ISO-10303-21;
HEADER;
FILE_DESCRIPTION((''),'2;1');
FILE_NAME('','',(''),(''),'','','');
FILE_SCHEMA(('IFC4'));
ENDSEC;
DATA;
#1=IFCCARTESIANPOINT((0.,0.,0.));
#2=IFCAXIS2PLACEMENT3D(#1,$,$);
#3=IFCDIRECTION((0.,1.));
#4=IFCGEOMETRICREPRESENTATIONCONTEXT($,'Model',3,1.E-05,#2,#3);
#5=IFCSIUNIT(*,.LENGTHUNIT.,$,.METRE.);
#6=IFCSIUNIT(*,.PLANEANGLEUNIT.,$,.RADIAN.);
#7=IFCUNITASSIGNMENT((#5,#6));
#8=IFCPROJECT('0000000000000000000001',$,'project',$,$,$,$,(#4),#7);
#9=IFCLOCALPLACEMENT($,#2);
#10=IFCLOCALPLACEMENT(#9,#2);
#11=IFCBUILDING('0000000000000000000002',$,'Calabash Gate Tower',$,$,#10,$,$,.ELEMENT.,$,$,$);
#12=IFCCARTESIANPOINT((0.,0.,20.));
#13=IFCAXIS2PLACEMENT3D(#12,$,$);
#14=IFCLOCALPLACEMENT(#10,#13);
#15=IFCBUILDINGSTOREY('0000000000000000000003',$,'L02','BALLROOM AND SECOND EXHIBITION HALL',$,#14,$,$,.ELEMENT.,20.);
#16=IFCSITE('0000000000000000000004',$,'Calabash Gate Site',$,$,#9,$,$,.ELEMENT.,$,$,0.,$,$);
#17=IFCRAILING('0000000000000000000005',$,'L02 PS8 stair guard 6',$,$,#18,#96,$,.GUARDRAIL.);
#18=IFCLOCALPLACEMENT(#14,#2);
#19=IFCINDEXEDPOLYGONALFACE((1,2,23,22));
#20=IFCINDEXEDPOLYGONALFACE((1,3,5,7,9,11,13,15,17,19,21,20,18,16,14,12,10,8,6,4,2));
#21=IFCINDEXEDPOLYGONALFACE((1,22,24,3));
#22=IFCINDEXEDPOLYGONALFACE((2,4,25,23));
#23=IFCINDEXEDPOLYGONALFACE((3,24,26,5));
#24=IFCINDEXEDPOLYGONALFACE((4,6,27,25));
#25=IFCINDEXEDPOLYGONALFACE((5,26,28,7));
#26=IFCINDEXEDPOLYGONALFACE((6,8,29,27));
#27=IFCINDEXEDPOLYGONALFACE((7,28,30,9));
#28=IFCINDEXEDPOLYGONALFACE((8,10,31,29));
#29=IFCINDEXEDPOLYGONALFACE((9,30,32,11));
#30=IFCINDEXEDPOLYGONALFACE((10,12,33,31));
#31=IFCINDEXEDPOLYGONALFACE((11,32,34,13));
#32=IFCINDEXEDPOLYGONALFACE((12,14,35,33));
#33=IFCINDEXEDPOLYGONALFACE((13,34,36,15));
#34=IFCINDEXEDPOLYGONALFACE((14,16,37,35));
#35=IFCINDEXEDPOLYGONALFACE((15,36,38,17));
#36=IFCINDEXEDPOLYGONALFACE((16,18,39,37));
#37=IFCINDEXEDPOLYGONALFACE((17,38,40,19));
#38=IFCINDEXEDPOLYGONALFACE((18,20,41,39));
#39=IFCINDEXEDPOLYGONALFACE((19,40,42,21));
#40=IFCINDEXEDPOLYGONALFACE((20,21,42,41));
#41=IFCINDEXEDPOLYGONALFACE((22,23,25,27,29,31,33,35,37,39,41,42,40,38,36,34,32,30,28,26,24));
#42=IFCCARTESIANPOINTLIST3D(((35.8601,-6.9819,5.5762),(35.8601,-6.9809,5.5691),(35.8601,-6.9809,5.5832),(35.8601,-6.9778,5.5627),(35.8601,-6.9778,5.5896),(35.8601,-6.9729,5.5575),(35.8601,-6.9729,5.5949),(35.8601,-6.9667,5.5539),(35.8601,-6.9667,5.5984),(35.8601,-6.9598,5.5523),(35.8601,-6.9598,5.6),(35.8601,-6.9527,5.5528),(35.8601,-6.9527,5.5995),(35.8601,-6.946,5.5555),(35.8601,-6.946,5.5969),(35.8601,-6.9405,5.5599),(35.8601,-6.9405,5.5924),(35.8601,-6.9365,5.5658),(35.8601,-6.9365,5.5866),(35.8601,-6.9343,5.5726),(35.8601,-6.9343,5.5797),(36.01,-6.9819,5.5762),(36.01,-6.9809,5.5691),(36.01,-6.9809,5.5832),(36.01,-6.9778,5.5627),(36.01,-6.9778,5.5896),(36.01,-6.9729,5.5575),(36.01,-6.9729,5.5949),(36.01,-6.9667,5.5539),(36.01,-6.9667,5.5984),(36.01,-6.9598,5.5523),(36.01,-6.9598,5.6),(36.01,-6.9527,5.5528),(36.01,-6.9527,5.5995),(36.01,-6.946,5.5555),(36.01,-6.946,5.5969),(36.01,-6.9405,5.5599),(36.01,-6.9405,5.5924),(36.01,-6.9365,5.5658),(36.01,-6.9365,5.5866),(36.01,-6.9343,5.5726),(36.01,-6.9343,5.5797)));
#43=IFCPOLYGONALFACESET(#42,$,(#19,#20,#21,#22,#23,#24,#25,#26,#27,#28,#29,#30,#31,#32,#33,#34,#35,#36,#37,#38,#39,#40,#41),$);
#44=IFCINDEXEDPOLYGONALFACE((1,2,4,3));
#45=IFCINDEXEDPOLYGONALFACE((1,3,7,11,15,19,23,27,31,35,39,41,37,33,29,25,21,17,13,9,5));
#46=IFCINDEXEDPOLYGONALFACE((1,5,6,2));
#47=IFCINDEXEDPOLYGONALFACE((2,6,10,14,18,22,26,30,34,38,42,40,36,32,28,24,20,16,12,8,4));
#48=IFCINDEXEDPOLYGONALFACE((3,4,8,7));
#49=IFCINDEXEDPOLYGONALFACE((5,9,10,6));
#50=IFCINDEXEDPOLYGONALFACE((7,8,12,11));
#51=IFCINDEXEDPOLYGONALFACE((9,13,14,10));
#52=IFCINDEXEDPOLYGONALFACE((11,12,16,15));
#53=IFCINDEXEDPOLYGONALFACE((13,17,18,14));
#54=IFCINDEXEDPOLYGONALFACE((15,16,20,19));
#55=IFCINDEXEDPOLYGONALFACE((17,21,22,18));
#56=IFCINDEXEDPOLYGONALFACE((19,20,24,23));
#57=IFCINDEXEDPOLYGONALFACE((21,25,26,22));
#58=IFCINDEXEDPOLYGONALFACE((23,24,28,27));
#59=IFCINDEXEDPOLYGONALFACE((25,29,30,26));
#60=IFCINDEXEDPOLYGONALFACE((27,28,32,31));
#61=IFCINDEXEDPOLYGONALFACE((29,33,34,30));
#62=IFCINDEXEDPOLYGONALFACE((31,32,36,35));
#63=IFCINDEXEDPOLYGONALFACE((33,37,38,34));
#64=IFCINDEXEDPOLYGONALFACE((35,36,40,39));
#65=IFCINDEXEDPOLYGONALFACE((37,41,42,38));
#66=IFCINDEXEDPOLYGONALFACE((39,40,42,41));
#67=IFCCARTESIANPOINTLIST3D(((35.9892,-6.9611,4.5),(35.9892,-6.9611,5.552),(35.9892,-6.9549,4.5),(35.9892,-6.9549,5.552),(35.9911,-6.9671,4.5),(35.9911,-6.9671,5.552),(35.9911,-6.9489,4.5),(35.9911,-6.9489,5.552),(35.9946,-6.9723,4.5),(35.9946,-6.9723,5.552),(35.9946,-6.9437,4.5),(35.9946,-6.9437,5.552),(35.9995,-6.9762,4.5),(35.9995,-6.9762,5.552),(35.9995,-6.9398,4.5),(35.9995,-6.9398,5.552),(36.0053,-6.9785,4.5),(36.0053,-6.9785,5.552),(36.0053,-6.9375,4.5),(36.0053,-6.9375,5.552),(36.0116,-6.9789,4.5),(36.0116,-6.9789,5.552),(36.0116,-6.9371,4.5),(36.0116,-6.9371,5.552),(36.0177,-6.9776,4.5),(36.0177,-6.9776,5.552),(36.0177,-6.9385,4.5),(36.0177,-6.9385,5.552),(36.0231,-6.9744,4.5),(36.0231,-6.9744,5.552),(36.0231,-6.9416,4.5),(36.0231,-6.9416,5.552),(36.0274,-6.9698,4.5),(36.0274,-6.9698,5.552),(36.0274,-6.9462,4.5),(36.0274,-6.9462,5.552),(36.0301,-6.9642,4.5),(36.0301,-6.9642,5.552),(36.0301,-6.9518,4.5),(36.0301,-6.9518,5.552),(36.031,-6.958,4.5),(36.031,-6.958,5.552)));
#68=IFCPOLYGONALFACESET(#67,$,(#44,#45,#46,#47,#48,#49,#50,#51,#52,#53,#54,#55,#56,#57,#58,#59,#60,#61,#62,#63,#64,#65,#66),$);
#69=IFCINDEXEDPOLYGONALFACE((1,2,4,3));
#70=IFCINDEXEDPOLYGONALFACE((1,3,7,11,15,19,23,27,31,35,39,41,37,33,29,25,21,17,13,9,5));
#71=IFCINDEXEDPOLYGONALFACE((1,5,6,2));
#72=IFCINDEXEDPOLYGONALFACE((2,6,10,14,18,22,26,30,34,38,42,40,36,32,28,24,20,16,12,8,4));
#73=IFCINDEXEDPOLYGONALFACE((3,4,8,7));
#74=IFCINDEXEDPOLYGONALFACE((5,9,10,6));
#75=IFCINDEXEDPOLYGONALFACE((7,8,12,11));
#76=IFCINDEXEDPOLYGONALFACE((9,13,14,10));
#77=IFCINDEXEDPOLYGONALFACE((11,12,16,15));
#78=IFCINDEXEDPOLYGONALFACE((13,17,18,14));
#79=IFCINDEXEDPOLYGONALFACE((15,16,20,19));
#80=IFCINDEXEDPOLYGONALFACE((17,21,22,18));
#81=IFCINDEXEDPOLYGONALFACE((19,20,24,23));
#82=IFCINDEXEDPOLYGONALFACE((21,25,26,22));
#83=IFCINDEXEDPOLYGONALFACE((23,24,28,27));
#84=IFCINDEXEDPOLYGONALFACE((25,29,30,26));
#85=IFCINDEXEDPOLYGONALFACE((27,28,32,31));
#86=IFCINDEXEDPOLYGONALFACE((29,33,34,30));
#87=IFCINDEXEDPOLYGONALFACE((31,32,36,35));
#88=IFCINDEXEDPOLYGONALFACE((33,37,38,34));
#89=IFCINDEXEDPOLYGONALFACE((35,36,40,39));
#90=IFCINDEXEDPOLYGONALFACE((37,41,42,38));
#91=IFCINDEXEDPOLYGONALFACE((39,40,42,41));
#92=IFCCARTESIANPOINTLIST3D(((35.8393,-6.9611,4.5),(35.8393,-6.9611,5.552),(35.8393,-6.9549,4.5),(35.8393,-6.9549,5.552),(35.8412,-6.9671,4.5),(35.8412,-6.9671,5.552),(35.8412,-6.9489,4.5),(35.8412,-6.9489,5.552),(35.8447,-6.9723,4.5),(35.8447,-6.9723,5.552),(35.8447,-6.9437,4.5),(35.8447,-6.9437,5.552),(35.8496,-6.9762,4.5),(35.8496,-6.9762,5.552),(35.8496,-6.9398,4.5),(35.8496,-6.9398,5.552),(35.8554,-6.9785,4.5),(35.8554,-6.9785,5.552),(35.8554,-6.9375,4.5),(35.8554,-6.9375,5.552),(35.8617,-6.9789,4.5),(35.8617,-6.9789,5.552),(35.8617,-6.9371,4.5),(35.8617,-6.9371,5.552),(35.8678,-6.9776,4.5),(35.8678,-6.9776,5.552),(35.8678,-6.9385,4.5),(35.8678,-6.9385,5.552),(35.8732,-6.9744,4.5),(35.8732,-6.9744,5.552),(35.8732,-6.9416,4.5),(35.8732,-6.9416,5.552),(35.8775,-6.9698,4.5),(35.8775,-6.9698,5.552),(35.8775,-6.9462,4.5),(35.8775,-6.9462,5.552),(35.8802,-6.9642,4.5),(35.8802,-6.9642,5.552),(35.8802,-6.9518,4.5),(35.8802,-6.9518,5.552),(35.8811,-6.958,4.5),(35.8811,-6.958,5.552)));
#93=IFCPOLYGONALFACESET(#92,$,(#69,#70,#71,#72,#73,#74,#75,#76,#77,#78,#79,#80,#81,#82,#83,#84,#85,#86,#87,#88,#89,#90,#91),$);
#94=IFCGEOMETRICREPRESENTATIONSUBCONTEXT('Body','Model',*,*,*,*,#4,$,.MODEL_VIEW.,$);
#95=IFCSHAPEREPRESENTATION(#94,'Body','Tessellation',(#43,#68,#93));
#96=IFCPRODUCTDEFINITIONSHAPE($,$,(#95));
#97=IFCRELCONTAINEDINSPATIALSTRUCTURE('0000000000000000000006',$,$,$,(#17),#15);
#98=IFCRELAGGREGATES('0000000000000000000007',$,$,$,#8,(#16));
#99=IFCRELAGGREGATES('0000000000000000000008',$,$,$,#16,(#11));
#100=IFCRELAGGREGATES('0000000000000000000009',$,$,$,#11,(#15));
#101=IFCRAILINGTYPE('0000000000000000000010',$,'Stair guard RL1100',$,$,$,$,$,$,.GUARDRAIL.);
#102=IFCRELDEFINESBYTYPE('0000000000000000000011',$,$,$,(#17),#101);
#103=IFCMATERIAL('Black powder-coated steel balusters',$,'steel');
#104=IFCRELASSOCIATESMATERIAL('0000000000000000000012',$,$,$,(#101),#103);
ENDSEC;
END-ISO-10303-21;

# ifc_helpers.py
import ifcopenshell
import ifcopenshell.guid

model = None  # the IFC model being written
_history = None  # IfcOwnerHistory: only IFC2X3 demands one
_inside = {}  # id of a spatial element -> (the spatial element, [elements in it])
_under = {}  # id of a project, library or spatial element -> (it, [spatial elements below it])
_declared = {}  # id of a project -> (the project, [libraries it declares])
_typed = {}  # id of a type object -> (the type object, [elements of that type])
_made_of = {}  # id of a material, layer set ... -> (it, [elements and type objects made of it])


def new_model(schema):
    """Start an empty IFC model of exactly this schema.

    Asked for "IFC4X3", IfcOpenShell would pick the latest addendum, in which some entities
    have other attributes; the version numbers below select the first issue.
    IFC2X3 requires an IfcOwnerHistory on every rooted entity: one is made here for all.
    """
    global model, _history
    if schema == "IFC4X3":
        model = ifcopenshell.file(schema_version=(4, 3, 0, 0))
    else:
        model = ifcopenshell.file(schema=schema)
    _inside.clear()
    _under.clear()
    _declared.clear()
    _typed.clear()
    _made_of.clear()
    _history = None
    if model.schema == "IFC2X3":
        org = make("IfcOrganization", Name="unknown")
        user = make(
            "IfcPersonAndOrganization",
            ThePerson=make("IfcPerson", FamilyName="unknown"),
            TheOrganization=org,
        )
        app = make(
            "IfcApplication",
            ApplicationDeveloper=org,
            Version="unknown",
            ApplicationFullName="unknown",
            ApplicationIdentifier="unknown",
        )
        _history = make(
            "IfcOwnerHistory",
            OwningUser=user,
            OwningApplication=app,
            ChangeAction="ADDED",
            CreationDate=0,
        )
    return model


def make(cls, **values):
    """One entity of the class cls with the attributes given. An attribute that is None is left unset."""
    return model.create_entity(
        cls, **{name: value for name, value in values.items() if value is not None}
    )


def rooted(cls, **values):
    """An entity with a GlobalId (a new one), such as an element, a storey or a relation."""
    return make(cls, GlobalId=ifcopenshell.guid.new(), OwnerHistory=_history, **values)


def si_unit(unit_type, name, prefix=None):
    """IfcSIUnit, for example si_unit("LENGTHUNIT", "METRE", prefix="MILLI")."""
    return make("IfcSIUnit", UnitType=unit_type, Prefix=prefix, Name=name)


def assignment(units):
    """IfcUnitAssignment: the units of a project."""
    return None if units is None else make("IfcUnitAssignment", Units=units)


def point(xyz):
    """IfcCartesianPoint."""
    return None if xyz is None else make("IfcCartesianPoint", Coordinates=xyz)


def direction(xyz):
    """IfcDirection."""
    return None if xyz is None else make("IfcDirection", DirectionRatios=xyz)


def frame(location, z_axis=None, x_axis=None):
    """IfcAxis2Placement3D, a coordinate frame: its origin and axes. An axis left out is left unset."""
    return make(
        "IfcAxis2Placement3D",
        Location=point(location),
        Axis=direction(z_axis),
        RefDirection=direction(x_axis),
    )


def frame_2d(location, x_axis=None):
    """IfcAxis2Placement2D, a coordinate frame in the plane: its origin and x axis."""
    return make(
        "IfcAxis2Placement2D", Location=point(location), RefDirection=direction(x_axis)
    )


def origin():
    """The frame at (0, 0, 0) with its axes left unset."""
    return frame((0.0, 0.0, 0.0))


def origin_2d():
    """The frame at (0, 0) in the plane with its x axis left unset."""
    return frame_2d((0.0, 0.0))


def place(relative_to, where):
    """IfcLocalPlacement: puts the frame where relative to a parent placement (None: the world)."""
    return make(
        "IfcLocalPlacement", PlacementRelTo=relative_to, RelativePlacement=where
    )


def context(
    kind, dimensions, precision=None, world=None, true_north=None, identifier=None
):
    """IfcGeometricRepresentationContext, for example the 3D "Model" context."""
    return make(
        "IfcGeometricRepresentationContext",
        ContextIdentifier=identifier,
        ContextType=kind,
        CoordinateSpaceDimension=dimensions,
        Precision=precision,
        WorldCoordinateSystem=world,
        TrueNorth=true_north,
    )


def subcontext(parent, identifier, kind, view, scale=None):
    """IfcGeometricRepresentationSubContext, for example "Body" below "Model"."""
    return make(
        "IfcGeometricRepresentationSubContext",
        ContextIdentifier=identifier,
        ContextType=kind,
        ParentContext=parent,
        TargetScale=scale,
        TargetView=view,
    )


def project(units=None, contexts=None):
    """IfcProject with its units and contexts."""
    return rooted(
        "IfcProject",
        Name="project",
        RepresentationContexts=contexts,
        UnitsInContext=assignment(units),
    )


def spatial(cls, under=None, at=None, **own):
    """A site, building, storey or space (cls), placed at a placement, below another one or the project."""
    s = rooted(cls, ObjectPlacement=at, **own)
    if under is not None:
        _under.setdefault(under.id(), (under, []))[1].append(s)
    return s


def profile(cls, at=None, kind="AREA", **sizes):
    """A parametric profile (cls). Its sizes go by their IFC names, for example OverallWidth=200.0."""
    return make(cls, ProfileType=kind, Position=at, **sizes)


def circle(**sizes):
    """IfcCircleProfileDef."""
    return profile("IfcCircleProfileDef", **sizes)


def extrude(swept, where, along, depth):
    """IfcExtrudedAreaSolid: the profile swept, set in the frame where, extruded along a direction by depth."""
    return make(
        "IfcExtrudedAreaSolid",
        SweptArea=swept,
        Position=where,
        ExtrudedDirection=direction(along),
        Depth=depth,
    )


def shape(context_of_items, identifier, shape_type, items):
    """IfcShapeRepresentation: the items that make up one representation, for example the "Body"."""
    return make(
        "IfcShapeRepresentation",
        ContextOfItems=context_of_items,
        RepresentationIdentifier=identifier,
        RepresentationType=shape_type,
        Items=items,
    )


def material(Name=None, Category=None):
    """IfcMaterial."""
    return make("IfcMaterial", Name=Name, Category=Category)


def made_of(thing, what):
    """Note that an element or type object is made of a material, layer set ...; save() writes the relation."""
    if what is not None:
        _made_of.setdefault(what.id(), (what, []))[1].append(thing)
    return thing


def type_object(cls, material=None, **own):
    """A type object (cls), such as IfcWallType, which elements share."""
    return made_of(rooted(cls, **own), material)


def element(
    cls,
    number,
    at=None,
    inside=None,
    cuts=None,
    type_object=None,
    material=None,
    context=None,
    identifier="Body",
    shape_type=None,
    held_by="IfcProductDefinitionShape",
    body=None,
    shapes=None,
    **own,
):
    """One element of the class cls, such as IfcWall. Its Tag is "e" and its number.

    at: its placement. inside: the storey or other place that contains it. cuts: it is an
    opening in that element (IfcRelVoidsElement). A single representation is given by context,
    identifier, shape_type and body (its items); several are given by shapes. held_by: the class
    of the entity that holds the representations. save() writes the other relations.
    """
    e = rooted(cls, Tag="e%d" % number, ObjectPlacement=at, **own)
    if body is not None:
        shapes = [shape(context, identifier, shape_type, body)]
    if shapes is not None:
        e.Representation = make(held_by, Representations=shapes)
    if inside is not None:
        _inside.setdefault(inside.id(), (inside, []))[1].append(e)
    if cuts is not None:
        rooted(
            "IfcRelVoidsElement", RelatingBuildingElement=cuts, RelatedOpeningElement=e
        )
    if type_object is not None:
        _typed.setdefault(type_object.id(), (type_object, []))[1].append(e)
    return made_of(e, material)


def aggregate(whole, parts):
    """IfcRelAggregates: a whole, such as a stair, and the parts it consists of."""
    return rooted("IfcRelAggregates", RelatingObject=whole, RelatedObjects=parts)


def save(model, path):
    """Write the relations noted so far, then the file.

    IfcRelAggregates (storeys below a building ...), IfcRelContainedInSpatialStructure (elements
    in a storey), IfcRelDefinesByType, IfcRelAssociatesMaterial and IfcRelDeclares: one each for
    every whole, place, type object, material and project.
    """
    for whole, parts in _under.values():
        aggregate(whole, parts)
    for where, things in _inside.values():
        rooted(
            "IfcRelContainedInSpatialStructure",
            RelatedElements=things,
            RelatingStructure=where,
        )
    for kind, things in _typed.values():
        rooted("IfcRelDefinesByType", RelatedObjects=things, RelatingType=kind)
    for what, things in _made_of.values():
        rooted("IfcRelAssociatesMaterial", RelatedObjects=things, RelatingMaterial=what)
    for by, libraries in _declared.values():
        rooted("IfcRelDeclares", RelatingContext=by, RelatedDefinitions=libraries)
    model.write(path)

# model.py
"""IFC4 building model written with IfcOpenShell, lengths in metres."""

from ifc_helpers import new_model, si_unit, direction, frame, origin, origin_2d, place, context, subcontext, project, spatial, circle, extrude, material, type_object, element, save


model = new_model("IFC4")

# Units and contexts
model_context = context("Model", 3, precision=1e-05, world=origin(), true_north=direction((0.0, 1.0)))
body_context = subcontext(model_context, "Body", "Model", "MODEL_VIEW")
ifc_project = project(units=[si_unit("LENGTHUNIT", "METRE"), si_unit("PLANEANGLEUNIT", "RADIAN")], contexts=[model_context])

# Site, building, storey
site_placement = place(None, origin())
site = spatial("IfcSite", under=ifc_project, at=site_placement, Name="Calabash Gate Site", CompositionType="ELEMENT", RefElevation=0.0)
building_placement = place(site_placement, origin())
building = spatial("IfcBuilding", under=site, at=building_placement, Name="Calabash Gate Tower", CompositionType="ELEMENT")
storey_placement = place(building_placement, frame((0.0, 0.0, 20.0)))
storey = spatial("IfcBuildingStorey", under=building, at=storey_placement, Name="L02", Description="BALLROOM AND SECOND EXHIBITION HALL", CompositionType="ELEMENT", Elevation=20.0)

# Railing
ifc_material_1 = material(Name="Black powder-coated steel balusters", Category="steel")
railing_type_1 = type_object("IfcRailingType", Name="Stair guard RL1100", PredefinedType="GUARDRAIL", material=ifc_material_1)
railing_1_placement = place(storey_placement, frame((36.01, -6.958, 4.5)))
element("IfcRailing", 1, at=railing_1_placement, inside=storey, type_object=railing_type_1, Name="L02 PS8 stair guard 6", PredefinedType="GUARDRAIL", context=body_context, shape_type="SweptSolid", body=[
    extrude(circle(Radius=0.0239, at=origin_2d()), frame((0.0, 0.0, 1.0762), z_axis=(-1.0, 0.0, 0.0), x_axis=(0.0, -1.0, 0.0)), (0.0, 0.0, 1.0), 0.1499),
    extrude(circle(Radius=0.021, at=origin_2d()), origin(), (0.0, 0.0, 1.0), 1.052),
    extrude(circle(Radius=0.021, at=origin_2d()), frame((-0.1499, 0.0, 0.0)), (0.0, 0.0, 1.0), 1.052),
])

save(model, "model.ifc")
